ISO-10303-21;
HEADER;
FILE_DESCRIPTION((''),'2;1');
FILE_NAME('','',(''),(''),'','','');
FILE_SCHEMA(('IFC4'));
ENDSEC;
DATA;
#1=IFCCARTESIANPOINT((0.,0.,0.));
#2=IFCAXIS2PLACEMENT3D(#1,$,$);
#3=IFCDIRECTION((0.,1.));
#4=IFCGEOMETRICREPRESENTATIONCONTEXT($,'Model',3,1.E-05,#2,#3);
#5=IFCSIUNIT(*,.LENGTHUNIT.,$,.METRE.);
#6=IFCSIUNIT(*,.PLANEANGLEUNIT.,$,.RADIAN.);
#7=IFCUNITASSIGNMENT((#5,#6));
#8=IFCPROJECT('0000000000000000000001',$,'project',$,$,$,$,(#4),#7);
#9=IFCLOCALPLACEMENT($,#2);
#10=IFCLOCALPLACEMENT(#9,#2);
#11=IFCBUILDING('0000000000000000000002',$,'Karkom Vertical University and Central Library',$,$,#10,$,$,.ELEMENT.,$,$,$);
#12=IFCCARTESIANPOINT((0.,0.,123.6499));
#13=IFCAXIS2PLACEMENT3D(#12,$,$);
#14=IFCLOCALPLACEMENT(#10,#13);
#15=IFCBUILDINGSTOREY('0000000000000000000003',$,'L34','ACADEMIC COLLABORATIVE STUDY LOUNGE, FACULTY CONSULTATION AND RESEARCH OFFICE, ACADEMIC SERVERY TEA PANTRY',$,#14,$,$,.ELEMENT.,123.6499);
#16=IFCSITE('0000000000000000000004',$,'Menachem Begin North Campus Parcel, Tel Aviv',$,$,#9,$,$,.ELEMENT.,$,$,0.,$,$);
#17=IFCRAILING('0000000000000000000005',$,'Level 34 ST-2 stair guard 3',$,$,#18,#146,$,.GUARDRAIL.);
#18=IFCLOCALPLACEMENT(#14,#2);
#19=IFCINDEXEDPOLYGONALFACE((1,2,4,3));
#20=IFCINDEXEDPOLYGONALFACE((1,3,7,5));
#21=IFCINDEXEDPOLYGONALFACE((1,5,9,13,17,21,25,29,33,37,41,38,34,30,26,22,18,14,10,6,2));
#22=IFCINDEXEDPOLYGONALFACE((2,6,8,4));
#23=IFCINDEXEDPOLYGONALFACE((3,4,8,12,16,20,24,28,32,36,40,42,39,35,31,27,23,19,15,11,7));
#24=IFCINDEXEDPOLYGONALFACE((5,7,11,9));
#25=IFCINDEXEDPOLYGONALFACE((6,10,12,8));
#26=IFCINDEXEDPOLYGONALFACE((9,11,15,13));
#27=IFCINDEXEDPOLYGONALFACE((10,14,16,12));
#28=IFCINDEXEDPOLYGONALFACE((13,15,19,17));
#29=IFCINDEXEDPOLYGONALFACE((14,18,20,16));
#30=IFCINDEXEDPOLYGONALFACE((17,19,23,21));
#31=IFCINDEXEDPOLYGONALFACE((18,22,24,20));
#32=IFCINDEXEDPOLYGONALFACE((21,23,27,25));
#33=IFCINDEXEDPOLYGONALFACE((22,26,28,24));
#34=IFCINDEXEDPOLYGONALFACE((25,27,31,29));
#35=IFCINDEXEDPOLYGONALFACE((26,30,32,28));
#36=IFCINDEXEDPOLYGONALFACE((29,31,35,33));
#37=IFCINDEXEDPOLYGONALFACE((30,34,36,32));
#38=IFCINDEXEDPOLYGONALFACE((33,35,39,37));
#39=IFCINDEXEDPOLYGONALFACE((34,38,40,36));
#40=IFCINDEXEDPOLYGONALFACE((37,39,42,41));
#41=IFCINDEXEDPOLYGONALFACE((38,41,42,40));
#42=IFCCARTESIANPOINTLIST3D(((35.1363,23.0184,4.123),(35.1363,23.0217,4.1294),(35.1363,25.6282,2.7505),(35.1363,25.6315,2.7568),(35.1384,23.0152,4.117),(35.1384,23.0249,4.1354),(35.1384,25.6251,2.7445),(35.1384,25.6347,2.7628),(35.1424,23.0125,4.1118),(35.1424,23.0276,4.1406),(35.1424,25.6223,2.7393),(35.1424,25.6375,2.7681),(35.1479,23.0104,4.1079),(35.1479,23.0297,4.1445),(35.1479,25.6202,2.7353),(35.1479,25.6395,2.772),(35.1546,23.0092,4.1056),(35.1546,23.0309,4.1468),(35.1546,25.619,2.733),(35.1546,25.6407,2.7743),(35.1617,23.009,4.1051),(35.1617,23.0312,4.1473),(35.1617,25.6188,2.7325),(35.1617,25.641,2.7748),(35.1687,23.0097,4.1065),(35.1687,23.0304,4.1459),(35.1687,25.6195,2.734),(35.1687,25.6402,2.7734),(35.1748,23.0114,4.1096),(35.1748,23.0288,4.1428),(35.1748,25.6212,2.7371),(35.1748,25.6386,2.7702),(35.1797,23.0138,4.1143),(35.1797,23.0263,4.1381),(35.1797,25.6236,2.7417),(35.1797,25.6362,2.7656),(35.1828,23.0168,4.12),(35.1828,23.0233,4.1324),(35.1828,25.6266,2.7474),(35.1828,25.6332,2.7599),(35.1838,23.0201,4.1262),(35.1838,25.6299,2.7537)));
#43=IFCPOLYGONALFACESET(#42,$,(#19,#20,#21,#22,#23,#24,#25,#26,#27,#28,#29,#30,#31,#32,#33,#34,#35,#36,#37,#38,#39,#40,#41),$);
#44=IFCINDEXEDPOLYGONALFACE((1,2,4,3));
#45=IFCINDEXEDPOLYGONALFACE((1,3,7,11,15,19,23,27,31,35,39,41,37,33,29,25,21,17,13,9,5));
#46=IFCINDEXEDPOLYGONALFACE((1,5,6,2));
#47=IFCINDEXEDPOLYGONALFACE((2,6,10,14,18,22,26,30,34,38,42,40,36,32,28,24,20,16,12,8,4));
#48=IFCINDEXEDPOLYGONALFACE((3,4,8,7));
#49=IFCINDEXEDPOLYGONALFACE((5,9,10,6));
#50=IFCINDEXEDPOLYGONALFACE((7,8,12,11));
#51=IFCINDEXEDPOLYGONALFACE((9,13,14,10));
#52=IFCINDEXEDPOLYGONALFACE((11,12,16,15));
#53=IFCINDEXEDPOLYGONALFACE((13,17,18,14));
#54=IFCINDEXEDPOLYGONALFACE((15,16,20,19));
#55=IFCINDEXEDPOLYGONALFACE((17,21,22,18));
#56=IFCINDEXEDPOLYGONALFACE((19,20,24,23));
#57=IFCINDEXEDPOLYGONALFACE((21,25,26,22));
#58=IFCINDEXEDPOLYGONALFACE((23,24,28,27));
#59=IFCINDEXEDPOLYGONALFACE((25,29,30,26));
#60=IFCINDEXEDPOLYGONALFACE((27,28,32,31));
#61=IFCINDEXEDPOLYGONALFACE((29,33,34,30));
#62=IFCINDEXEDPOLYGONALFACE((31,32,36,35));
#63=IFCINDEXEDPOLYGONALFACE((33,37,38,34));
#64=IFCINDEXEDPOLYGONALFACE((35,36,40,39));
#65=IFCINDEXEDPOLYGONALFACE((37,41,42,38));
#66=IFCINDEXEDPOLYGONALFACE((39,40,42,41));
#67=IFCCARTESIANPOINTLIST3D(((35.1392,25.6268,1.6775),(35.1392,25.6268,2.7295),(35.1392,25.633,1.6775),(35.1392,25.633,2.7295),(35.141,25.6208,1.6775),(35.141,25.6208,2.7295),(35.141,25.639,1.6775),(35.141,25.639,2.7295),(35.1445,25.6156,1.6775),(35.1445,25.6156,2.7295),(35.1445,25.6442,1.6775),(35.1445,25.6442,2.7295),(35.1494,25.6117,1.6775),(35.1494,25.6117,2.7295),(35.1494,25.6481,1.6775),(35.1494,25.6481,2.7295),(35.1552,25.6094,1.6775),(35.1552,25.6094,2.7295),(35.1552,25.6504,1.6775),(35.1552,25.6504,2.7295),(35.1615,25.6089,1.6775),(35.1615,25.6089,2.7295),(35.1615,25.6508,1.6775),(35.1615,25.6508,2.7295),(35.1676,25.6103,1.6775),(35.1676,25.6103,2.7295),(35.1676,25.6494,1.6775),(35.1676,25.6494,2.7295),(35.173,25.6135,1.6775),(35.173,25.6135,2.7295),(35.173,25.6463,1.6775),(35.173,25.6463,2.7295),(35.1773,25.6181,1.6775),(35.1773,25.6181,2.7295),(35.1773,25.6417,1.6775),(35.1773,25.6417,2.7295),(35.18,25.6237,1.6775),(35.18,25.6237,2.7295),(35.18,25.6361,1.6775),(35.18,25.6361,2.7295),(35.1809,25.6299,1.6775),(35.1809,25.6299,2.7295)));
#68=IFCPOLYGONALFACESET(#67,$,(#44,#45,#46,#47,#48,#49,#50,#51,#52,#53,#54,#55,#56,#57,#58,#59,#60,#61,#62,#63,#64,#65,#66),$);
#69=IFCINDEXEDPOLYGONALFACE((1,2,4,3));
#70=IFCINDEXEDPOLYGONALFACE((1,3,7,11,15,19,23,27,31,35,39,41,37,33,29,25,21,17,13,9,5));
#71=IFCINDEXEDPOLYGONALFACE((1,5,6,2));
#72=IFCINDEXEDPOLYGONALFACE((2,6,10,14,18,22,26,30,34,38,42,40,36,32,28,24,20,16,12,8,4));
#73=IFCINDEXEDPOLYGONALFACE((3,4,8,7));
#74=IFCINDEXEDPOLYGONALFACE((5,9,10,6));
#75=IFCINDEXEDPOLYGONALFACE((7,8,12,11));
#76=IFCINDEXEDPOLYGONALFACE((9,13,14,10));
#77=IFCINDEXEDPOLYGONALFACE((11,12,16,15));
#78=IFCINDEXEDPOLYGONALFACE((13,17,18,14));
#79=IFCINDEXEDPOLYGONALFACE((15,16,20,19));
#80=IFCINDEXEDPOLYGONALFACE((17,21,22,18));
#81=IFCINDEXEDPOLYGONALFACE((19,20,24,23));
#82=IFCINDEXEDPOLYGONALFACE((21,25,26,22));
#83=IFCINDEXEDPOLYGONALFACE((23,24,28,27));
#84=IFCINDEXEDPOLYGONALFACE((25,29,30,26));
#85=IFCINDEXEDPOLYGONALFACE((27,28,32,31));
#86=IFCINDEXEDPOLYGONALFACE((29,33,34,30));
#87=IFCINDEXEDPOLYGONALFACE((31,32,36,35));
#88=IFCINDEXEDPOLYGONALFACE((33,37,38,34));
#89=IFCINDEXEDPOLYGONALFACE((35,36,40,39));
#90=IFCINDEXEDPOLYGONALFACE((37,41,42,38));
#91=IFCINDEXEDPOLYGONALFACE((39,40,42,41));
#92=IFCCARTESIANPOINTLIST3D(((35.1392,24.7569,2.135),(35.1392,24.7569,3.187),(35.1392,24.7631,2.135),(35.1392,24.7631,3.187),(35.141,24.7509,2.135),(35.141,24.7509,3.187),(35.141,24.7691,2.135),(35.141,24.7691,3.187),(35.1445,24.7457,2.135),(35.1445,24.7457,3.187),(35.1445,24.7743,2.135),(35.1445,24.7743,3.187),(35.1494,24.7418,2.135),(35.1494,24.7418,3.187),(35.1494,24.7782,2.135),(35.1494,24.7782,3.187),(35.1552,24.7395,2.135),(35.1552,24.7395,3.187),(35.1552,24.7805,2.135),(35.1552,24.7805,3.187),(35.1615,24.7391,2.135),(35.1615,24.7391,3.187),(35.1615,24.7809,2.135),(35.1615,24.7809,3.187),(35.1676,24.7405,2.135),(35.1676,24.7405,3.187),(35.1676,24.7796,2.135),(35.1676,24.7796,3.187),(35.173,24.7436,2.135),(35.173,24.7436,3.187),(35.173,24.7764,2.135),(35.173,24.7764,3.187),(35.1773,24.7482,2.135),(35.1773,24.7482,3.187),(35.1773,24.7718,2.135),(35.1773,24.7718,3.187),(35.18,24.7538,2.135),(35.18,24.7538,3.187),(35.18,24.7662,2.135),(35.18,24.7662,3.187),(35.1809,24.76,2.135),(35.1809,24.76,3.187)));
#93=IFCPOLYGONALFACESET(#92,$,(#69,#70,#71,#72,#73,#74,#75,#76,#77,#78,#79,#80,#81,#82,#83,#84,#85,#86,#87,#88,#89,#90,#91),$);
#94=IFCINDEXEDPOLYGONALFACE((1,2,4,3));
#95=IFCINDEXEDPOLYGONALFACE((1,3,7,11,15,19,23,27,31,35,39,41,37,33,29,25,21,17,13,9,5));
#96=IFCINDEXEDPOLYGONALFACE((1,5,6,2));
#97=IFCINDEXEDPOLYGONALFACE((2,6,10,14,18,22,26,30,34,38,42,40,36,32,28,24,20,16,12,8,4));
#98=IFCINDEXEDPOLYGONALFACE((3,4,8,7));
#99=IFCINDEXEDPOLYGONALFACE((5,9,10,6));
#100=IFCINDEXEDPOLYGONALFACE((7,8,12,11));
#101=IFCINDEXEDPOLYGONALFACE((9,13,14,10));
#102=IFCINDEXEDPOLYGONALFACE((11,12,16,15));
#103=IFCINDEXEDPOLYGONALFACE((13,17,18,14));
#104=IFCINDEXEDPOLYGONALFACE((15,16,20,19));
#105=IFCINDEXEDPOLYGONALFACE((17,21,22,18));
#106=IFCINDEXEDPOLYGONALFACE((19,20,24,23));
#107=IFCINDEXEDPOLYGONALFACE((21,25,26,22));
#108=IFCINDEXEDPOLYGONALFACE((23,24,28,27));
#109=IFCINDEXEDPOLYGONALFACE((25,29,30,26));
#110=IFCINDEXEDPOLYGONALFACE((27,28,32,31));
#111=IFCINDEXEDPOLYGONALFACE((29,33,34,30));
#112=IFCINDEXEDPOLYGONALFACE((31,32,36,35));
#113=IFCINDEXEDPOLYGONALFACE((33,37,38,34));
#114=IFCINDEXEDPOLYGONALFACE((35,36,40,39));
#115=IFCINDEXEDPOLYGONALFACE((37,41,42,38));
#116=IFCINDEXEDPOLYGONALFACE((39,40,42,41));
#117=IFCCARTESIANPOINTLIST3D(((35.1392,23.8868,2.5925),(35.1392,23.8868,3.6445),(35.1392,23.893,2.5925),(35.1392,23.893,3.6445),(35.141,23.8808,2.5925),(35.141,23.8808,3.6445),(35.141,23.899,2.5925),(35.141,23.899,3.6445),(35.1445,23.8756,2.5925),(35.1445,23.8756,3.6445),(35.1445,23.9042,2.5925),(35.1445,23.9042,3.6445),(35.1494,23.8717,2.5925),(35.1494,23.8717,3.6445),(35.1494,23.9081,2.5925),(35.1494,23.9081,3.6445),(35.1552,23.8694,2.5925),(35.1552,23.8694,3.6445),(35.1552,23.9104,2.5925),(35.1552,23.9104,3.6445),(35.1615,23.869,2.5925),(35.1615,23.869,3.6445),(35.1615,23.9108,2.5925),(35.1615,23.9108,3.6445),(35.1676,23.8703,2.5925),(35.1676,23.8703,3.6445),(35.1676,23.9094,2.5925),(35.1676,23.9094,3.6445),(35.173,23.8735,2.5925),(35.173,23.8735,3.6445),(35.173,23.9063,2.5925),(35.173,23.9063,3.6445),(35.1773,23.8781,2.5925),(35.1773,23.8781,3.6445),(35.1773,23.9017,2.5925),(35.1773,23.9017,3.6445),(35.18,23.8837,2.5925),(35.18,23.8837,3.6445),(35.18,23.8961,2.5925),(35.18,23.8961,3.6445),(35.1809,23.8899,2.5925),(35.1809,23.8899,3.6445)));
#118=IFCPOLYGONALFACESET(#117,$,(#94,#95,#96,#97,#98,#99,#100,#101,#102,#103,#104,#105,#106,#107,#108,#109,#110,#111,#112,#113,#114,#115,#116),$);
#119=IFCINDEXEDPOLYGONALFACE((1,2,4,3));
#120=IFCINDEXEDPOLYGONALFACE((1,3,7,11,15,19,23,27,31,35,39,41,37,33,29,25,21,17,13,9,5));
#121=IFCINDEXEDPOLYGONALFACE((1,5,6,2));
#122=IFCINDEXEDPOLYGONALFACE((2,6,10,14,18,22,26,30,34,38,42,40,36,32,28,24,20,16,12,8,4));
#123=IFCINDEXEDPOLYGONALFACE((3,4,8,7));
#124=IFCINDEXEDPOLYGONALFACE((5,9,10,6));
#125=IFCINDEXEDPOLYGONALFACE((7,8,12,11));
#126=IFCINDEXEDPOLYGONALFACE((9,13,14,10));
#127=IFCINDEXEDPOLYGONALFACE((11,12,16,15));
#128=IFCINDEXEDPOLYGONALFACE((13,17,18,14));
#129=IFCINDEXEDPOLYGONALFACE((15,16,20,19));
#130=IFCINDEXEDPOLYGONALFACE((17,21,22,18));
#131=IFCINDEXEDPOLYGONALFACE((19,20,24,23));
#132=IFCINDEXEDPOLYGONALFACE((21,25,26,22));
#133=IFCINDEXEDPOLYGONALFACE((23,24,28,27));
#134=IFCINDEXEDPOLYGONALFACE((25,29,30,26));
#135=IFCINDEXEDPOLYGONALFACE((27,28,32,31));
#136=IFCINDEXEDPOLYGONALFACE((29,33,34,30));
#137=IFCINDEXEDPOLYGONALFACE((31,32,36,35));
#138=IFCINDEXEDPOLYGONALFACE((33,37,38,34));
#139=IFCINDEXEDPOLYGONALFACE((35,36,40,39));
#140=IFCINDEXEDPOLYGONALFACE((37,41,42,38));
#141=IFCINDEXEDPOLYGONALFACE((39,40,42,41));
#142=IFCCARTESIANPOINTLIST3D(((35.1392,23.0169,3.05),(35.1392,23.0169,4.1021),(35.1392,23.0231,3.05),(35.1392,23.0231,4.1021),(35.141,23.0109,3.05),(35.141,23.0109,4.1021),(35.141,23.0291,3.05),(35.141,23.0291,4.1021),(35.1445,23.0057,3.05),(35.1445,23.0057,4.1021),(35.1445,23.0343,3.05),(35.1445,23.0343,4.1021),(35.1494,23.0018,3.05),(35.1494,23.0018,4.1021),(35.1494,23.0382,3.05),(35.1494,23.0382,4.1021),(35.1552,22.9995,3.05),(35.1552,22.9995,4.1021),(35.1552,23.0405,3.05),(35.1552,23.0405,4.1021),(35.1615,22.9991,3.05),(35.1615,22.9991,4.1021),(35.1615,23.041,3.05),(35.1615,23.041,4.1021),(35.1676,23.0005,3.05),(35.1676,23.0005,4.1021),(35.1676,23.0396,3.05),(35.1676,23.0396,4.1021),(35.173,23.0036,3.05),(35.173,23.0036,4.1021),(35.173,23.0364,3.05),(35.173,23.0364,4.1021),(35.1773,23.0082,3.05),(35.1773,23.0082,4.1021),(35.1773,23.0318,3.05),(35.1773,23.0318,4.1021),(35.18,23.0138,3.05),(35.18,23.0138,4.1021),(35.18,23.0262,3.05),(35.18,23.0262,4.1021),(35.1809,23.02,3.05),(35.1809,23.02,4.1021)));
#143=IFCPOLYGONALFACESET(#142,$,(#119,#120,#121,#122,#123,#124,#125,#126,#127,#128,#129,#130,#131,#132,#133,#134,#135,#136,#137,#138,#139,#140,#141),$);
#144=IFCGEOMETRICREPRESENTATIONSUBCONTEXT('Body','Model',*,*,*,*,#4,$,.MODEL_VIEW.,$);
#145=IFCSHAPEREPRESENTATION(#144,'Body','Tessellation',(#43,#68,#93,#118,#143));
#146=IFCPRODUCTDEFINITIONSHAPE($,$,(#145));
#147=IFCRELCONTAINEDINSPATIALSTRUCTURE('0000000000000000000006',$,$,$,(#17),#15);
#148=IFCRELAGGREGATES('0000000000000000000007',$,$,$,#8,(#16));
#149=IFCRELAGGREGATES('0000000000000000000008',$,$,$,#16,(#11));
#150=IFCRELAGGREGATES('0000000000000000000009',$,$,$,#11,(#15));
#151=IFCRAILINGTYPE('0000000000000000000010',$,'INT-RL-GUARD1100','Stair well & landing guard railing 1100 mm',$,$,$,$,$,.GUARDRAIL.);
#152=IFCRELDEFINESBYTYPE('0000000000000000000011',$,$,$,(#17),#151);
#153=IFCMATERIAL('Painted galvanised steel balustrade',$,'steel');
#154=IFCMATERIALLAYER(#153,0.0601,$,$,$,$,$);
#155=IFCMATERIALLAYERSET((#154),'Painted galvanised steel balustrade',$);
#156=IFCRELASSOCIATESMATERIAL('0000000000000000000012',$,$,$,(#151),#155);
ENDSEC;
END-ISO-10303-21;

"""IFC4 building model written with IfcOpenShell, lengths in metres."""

from ifc_helpers import new_model, si_unit, direction, frame, origin, origin_2d, place, context, subcontext, project, spatial, circle, extrude, material, layer, layer_set, type_object, element, save


model = new_model("IFC4")

# Units and contexts
model_context = context("Model", 3, precision=1e-05, world=origin(), true_north=direction((0.0, 1.0)))
body_context = subcontext(model_context, "Body", "Model", "MODEL_VIEW")
ifc_project = project(units=[si_unit("LENGTHUNIT", "METRE"), si_unit("PLANEANGLEUNIT", "RADIAN")], contexts=[model_context])

# Site, building, storey
site_placement = place(None, origin())
site = spatial("IfcSite", under=ifc_project, at=site_placement, Name="Menachem Begin North Campus Parcel, Tel Aviv", CompositionType="ELEMENT", RefElevation=0.0)
building_placement = place(site_placement, origin())
building = spatial("IfcBuilding", under=site, at=building_placement, Name="Karkom Vertical University and Central Library", CompositionType="ELEMENT")
storey_placement = place(building_placement, frame((0.0, 0.0, 123.6499)))
storey = spatial("IfcBuildingStorey", under=building, at=storey_placement, Name="L34", Description="ACADEMIC COLLABORATIVE STUDY LOUNGE, FACULTY CONSULTATION AND RESEARCH OFFICE, ACADEMIC SERVERY TEA PANTRY", CompositionType="ELEMENT", Elevation=123.6499)

# Railing
ifc_material_1 = material(Name="Painted galvanised steel balustrade", Category="steel")
ifc_layer_1 = layer(ifc_material_1, 0.0601)
ifc_layer_set_1 = layer_set([ifc_layer_1], Name="Painted galvanised steel balustrade")
railing_type_1 = type_object("IfcRailingType", Name="INT-RL-GUARD1100", Description="Stair well & landing guard railing 1100 mm", PredefinedType="GUARDRAIL", material=ifc_layer_set_1)
railing_1_placement = place(storey_placement, frame((35.1599, 25.6299, 1.6775)))
element("IfcRailing", 1, at=railing_1_placement, inside=storey, type_object=railing_type_1, Name="Level 34 ST-2 stair guard 3", PredefinedType="GUARDRAIL", context=body_context, shape_type="SweptSolid", body=[
    extrude(circle(Radius=0.0239, at=origin_2d()), frame((0.0, 0.0, 1.0762), z_axis=(0.0, -0.885065, 0.465467), x_axis=(1.0, 0.0, 0.0)), (0.0, 0.0, 1.0), 2.9487),
    extrude(circle(Radius=0.021, at=origin_2d()), origin(), (0.0, 0.0, 1.0), 1.052),
    extrude(circle(Radius=0.021, at=origin_2d()), frame((0.0, -0.8699, 0.4575)), (0.0, 0.0, 1.0), 1.052),
    extrude(circle(Radius=0.021, at=origin_2d()), frame((0.0, -1.74, 0.915)), (0.0, 0.0, 1.0), 1.052),
    extrude(circle(Radius=0.021, at=origin_2d()), frame((0.0, -2.6099, 1.3726)), (0.0, 0.0, 1.0), 1.052),
])

save(model, "model.ifc")
